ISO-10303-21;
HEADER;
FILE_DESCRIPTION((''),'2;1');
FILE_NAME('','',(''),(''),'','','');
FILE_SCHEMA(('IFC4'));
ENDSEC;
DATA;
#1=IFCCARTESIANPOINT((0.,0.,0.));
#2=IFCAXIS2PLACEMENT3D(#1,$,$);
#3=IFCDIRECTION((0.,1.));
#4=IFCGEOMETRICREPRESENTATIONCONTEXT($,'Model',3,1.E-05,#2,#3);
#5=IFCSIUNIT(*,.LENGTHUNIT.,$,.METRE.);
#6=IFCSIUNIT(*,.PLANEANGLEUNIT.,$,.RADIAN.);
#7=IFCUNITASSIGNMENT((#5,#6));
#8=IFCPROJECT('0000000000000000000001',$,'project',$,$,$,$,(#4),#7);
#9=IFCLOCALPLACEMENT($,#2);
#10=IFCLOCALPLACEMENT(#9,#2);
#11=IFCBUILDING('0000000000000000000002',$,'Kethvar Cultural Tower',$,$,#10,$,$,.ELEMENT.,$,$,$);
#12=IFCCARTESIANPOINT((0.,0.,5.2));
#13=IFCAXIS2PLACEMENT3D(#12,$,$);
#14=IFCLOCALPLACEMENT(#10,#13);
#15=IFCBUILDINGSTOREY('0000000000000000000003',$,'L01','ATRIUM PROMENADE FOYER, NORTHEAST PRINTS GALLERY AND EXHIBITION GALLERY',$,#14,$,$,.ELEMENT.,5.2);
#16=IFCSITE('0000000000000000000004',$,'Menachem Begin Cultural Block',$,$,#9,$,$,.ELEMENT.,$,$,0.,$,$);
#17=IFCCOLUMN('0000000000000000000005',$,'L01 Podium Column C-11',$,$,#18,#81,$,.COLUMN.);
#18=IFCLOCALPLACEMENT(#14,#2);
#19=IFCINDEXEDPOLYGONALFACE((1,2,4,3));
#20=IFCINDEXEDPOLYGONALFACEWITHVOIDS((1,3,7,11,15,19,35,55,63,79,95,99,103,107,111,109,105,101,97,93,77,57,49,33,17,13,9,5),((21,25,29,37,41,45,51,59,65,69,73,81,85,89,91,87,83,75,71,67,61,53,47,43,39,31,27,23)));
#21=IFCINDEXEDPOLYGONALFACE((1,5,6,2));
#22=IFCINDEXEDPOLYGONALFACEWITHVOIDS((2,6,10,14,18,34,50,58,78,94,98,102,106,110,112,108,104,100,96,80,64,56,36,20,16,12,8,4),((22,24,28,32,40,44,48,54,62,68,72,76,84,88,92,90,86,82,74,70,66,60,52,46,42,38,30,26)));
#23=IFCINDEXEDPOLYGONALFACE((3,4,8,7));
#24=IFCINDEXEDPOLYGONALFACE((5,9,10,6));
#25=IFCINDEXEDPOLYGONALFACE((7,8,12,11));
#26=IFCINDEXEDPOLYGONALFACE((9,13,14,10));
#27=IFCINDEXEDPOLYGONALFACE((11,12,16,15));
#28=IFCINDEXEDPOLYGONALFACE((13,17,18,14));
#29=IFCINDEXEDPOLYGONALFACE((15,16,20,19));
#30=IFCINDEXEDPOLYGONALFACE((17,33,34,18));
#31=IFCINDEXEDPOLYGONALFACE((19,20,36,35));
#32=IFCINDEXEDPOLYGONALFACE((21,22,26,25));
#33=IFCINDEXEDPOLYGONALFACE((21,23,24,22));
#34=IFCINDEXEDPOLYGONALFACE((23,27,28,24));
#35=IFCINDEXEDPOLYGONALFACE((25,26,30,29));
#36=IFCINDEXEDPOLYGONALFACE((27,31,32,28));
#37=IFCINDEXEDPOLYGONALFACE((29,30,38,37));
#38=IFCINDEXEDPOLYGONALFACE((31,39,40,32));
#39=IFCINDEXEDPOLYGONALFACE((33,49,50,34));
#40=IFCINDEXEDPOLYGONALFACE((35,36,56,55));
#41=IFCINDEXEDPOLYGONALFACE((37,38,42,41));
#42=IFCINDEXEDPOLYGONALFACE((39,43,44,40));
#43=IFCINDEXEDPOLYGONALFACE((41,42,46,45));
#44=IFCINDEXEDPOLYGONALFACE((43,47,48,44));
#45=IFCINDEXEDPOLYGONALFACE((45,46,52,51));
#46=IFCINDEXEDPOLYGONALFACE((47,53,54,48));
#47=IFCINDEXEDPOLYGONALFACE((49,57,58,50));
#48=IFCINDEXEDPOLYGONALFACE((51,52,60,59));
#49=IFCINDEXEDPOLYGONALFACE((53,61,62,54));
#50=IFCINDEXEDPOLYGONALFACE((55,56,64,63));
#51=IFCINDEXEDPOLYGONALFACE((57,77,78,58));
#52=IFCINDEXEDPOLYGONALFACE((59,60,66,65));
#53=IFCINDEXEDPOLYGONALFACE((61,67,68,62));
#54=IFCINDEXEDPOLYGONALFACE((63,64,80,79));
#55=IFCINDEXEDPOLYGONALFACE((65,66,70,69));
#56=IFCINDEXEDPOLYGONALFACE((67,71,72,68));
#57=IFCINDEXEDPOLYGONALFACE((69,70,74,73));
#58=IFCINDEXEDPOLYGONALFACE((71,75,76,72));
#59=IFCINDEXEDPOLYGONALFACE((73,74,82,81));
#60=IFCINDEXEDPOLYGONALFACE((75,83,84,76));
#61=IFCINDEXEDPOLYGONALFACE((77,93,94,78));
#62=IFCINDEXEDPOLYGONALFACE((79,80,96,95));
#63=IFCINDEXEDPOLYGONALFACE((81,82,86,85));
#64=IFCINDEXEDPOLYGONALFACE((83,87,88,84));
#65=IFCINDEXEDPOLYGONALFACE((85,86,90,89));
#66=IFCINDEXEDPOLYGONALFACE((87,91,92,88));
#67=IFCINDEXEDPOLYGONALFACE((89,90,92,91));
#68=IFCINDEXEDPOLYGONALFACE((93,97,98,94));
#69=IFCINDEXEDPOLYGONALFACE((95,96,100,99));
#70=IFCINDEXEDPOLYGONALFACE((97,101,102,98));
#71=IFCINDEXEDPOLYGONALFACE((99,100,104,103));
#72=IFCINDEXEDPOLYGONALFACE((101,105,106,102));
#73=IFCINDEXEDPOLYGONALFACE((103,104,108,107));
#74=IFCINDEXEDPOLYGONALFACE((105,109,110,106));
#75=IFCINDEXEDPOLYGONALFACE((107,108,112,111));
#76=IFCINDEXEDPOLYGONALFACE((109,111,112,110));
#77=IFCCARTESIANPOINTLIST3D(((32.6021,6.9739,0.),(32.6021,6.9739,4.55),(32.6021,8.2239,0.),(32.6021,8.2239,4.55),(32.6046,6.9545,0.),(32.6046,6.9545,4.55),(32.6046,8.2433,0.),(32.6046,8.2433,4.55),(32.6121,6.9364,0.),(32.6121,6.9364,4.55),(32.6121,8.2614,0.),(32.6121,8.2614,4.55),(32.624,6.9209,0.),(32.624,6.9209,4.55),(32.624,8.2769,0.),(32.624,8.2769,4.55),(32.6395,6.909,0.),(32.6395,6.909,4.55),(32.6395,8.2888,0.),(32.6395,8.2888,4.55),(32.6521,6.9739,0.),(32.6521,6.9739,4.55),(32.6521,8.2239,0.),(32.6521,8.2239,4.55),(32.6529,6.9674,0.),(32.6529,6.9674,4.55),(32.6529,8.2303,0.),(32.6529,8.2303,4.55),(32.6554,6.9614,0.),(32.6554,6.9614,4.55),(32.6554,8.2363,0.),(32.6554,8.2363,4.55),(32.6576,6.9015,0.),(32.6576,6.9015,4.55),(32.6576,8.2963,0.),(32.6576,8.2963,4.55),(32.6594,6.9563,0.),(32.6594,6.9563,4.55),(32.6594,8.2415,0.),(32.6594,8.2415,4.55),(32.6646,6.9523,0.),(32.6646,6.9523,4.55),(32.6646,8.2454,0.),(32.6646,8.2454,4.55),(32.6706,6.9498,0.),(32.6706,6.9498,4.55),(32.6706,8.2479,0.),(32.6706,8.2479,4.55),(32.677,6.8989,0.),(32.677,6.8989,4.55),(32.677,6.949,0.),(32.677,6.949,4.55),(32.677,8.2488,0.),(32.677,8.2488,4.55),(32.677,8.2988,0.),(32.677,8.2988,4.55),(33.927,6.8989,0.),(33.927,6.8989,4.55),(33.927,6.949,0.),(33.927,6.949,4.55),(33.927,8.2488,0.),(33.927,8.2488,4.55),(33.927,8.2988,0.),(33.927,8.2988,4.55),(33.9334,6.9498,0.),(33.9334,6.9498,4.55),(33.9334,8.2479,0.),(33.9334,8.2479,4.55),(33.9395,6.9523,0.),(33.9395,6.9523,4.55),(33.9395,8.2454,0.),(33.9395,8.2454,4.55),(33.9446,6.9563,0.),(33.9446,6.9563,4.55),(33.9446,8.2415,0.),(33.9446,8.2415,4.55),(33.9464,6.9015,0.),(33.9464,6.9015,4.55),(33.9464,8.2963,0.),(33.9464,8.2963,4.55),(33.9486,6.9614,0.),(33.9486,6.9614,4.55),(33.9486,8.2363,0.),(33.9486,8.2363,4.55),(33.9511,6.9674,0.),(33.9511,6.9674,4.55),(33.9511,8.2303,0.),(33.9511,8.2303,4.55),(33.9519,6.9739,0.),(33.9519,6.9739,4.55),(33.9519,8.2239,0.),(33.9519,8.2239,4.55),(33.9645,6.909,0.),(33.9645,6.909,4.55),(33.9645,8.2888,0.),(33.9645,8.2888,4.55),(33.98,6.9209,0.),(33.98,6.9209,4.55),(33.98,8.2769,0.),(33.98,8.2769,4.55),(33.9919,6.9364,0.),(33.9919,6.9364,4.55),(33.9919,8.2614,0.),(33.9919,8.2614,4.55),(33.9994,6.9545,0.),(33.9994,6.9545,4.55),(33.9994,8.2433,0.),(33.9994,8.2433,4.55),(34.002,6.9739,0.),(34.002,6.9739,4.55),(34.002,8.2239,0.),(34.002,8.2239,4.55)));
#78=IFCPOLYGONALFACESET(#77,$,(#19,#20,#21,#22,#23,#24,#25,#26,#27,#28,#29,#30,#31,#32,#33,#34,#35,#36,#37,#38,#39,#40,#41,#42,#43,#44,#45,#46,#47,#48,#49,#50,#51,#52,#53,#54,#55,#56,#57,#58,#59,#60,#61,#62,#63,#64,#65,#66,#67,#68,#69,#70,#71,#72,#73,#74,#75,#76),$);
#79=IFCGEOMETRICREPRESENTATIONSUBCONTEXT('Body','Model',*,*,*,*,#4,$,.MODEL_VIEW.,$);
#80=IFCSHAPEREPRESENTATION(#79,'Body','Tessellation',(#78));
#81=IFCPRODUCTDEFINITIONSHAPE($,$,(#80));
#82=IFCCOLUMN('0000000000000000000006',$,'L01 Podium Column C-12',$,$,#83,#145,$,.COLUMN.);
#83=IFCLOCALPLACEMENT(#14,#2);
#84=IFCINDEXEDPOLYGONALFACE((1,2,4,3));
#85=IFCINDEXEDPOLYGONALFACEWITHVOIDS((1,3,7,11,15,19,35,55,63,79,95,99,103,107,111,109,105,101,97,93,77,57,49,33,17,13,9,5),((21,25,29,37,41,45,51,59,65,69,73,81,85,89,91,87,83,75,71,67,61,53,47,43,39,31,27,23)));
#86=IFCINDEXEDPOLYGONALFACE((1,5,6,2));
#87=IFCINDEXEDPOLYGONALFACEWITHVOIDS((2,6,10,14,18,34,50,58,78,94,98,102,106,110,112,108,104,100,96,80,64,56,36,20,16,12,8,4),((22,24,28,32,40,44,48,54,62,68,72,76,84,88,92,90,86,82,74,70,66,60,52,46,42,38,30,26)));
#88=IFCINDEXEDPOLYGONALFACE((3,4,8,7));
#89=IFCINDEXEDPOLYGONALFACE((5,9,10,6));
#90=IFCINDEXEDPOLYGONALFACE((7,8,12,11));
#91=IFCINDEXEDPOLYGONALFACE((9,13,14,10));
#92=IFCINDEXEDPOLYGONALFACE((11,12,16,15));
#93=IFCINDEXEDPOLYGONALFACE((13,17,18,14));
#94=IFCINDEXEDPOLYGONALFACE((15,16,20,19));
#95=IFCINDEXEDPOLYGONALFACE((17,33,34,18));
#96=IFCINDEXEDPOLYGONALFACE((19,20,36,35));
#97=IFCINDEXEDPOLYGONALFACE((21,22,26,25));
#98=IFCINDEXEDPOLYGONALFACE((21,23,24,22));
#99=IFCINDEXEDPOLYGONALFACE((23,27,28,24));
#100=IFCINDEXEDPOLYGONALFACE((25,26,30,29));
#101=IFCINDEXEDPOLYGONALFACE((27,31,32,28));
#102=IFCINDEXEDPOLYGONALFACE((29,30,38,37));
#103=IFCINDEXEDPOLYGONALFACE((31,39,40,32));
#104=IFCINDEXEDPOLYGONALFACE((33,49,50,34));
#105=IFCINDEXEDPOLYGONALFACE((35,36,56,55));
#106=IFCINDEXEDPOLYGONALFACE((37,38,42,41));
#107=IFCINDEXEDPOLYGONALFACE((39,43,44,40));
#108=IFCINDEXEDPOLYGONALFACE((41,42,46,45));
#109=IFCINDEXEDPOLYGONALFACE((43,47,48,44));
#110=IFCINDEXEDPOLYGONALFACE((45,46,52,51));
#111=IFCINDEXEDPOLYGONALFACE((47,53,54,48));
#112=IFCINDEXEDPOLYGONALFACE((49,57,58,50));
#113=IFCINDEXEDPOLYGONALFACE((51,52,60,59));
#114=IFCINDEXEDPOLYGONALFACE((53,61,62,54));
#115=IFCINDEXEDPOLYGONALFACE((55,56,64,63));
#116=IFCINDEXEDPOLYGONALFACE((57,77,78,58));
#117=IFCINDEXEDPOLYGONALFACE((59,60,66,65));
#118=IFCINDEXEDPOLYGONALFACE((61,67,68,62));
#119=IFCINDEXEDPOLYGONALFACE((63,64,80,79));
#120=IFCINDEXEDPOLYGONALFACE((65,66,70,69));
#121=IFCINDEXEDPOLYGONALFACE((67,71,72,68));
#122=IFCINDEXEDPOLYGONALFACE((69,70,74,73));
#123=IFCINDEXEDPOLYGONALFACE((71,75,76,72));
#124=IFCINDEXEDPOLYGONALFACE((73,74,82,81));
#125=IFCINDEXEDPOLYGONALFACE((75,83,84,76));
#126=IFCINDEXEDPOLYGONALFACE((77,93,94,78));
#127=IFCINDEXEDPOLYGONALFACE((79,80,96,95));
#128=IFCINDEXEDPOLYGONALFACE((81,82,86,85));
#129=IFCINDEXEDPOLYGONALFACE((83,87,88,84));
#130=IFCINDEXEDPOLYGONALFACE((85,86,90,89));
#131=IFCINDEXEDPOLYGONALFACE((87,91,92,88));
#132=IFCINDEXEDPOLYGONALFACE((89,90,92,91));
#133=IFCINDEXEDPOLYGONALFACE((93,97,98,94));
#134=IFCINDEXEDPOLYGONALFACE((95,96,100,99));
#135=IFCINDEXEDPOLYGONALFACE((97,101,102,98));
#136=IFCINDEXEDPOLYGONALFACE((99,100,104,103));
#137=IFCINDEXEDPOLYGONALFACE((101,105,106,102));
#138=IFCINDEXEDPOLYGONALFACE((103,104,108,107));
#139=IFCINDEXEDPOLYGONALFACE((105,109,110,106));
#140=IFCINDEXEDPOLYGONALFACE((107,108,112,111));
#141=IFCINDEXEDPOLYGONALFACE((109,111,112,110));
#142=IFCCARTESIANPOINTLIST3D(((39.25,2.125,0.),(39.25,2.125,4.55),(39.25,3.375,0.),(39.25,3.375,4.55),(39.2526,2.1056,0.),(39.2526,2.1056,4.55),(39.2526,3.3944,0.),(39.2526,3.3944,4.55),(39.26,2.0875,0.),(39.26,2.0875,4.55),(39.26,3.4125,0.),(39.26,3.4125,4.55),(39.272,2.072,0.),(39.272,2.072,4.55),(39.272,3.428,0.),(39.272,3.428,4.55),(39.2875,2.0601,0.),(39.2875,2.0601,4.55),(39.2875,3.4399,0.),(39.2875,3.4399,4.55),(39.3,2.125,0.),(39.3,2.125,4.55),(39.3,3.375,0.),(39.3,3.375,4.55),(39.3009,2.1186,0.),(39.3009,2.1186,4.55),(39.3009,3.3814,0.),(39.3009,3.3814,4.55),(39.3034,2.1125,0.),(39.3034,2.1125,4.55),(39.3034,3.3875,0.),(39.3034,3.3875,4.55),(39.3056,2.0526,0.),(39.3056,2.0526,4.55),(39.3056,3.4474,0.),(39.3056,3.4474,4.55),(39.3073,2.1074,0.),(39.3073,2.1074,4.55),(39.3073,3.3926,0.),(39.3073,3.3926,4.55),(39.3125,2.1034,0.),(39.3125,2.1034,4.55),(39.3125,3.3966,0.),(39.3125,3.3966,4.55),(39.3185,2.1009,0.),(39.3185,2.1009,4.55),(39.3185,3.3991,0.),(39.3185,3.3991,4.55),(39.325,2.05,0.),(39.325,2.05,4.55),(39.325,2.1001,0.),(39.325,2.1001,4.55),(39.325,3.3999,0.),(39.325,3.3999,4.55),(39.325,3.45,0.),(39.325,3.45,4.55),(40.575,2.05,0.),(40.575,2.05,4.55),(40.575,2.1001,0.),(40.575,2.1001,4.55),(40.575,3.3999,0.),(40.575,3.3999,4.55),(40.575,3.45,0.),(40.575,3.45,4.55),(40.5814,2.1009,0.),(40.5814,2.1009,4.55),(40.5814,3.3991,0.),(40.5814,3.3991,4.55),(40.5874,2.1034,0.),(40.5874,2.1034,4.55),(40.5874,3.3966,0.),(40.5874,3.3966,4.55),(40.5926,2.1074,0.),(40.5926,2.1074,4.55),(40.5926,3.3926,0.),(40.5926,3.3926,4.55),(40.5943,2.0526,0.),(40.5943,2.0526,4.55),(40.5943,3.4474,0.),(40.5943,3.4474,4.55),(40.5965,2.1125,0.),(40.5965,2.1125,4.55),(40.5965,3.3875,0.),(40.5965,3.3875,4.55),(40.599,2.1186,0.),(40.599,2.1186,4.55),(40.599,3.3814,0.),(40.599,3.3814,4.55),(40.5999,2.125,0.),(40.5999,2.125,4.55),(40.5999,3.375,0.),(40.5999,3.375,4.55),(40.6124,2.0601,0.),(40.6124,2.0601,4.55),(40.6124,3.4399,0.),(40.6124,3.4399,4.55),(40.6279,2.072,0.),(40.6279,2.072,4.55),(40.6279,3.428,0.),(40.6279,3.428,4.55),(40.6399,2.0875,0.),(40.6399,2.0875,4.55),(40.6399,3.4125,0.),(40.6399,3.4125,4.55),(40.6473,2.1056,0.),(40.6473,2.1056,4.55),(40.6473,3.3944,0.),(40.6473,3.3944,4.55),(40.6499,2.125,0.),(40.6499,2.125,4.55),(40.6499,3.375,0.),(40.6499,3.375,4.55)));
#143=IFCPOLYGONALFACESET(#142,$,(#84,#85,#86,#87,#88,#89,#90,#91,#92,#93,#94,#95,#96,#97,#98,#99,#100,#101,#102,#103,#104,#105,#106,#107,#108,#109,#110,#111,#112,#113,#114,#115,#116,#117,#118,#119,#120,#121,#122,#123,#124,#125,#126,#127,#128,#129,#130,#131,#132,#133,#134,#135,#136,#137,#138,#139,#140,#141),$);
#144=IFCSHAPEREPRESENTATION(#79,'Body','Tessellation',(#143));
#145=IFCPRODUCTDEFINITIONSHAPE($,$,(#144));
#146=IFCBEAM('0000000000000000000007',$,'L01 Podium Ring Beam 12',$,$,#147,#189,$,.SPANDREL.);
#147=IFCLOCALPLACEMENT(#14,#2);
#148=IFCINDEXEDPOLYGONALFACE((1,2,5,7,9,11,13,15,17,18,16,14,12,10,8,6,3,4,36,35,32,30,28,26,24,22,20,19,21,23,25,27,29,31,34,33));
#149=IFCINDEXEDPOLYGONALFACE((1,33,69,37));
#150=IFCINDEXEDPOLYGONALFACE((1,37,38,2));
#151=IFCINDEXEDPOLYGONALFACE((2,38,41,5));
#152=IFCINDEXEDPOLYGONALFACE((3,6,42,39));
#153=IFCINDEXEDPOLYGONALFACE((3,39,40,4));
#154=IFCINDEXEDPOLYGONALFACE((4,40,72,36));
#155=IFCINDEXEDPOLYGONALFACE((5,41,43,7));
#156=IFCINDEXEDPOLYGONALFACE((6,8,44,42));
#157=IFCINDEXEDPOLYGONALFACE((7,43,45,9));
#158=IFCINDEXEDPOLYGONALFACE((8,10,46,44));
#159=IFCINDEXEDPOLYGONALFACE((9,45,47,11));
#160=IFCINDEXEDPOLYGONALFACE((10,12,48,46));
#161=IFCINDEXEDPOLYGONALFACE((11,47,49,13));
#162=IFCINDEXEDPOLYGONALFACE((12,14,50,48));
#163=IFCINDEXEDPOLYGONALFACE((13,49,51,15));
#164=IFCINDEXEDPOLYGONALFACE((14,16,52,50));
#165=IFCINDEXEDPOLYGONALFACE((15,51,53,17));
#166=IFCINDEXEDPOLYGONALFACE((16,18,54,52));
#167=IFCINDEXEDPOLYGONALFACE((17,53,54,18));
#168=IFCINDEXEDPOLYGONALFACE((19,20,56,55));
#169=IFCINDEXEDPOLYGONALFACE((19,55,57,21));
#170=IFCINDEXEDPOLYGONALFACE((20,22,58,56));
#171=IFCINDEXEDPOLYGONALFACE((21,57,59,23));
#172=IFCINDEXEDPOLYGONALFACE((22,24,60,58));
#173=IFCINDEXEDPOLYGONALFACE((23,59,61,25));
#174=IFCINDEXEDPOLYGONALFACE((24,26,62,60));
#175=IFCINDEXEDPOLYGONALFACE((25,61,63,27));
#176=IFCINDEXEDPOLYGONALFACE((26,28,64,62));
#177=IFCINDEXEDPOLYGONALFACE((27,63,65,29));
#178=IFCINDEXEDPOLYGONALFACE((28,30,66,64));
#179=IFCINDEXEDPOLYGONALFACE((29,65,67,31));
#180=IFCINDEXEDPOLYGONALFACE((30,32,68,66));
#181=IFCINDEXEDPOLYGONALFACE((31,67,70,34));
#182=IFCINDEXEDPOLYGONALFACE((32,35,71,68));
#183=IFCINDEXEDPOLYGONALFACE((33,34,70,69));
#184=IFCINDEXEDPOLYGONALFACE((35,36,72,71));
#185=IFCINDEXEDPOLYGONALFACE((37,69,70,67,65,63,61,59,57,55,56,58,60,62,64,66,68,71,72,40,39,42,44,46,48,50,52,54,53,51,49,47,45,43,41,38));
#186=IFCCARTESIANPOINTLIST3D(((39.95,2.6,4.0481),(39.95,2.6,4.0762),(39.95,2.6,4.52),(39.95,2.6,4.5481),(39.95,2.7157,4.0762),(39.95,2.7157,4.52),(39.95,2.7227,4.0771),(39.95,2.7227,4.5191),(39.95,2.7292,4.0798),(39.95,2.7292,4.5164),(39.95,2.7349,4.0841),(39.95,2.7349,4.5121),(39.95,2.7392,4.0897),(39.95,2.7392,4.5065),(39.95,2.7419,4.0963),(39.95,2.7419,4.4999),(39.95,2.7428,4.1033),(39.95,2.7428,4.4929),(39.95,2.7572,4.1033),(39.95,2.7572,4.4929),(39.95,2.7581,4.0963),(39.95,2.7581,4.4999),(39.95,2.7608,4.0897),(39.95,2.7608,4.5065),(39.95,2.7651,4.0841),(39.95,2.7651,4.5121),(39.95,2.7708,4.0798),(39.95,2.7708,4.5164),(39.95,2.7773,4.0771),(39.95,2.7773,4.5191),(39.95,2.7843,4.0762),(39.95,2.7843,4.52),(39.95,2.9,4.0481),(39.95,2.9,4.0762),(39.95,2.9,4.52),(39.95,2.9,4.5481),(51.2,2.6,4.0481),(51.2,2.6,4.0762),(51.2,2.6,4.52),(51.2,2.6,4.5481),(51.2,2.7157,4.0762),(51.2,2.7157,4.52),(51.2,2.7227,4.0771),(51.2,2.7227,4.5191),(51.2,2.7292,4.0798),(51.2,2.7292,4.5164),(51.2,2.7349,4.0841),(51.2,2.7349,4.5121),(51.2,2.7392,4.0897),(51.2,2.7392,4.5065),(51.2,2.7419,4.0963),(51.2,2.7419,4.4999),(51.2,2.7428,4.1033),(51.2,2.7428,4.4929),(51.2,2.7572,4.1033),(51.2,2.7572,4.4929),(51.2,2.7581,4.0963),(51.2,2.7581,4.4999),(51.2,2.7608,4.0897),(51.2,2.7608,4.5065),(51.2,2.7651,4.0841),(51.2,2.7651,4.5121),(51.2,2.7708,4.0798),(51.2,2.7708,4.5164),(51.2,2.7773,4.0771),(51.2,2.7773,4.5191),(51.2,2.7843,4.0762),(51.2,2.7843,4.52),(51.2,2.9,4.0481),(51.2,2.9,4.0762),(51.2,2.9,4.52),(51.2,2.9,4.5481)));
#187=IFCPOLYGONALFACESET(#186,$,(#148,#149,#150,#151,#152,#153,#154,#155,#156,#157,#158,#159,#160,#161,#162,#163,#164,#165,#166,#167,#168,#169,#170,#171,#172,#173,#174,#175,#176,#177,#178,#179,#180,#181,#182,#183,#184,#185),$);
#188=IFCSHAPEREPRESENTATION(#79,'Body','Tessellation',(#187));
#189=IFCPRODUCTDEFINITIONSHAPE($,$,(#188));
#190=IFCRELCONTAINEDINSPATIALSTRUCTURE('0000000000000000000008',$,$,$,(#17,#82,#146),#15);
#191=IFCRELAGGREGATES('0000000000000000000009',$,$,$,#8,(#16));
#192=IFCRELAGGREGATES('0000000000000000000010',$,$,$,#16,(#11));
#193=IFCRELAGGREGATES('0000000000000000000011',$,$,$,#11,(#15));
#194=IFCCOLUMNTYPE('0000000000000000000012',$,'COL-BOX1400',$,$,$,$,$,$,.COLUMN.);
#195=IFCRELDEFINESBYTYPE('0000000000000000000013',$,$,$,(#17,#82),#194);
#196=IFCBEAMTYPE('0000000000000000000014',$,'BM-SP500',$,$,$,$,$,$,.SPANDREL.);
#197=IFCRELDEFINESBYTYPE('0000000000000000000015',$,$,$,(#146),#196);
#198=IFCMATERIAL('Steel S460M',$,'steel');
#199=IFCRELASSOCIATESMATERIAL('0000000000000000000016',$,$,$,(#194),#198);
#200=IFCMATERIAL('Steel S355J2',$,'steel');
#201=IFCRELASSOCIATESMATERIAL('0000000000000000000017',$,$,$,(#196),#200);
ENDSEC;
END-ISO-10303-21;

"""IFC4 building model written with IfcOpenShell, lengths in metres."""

from ifc_helpers import new_model, si_unit, direction, frame, origin, origin_2d, place, context, subcontext, project, spatial, hollow_rectangle, i_section, extrude, source, transform, mapped, material, material_profile, profile_set, type_object, element, save


model = new_model("IFC4")

# Units and contexts
model_context = context("Model", 3, precision=1e-05, world=origin(), true_north=direction((0.0, 1.0)))
body_context = subcontext(model_context, "Body", "Model", "MODEL_VIEW")
ifc_project = project(units=[si_unit("LENGTHUNIT", "METRE"), si_unit("PLANEANGLEUNIT", "RADIAN")], contexts=[model_context])

# Site, building, storey
site_placement = place(None, origin())
site = spatial("IfcSite", under=ifc_project, at=site_placement, Name="Menachem Begin Cultural Block", CompositionType="ELEMENT", RefElevation=0.0)
building_placement = place(site_placement, origin())
building = spatial("IfcBuilding", under=site, at=building_placement, Name="Kethvar Cultural Tower", CompositionType="ELEMENT")
storey_placement = place(building_placement, frame((0.0, 0.0, 5.2)))
storey = spatial("IfcBuildingStorey", under=building, at=storey_placement, Name="L01", Description="ATRIUM PROMENADE FOYER, NORTHEAST PRINTS GALLERY AND EXHIBITION GALLERY", CompositionType="ELEMENT", Elevation=5.2)

# Columns
ifc_material_1 = material(Name="Steel S460M", Category="steel")
ifc_material_profile_1 = material_profile(ifc_material_1, hollow_rectangle(XDim=1.3999, YDim=1.3999, WallThickness=0.05, InnerFilletRadius=0.0249, OuterFilletRadius=0.075, at=origin_2d()), Name="Steel S460M — BOX1400x1400x50")
ifc_profile_set_1 = profile_set([ifc_material_profile_1], Name="Steel S460M — BOX1400x1400x50")
column_type = type_object("IfcColumnType", Name="COL-BOX1400", PredefinedType="COLUMN", material=ifc_profile_set_1)
shared_shape_1 = source(origin(), body_context, "Body", "SweptSolid", [
    extrude(hollow_rectangle(XDim=1.3999, YDim=1.3999, WallThickness=0.05, InnerFilletRadius=0.0249, OuterFilletRadius=0.075, at=origin_2d()), origin(), (0.0, 0.0, 1.0), 4.55),
])
for number, where, z_axis, x_axis, name in (
    (1, (33.302, 7.5989, 0.0), (0.0, 0.0, 1.0), (1.0, 0.0, 0.0), "L01 Podium Column C-11"),
    (2, (39.95, 2.75, 0.0), (0.0, 0.0, 1.0), (1.0, 0.0, 0.0), "L01 Podium Column C-12"),
):
    element("IfcColumn", number, at=place(storey_placement, frame(where, z_axis=z_axis, x_axis=x_axis)), inside=storey, type_object=column_type, Name=name, PredefinedType="COLUMN", context=body_context, shape_type="MappedRepresentation", body=[
        mapped(shared_shape_1, transform((0.0, 0.0, 0.0), scale=1.0)),
    ])

# Beam
ifc_material_2 = material(Name="Steel S355J2", Category="steel")
ifc_material_profile_2 = material_profile(ifc_material_2, i_section(OverallWidth=0.3, OverallDepth=0.5, WebThickness=0.0144, FlangeThickness=0.0281, FilletRadius=0.0271, at=origin_2d()), Name="Steel S355J2 — HEB500")
ifc_profile_set_2 = profile_set([ifc_material_profile_2], Name="Steel S355J2 — HEB500")
beam_type = type_object("IfcBeamType", Name="BM-SP500", PredefinedType="SPANDREL", material=ifc_profile_set_2)
shared_shape_2 = source(origin(), body_context, "Body", "SweptSolid", [
    extrude(i_section(OverallWidth=0.3, OverallDepth=0.5, WebThickness=0.0144, FlangeThickness=0.0281, FilletRadius=0.0271, at=origin_2d()), origin(), (0.0, 0.0, 1.0), 11.25),
])
beam_1_placement = place(storey_placement, frame((39.95, 2.75, 4.2981), z_axis=(1.0, 0.0, 0.0), x_axis=(0.0, 1.0, 0.0)))
element("IfcBeam", 3, at=beam_1_placement, inside=storey, type_object=beam_type, Name="L01 Podium Ring Beam 12", PredefinedType="SPANDREL", context=body_context, shape_type="MappedRepresentation", body=[
    mapped(shared_shape_2, transform((0.0, 0.0, 0.0), scale=1.0)),
])

save(model, "model.ifc")
